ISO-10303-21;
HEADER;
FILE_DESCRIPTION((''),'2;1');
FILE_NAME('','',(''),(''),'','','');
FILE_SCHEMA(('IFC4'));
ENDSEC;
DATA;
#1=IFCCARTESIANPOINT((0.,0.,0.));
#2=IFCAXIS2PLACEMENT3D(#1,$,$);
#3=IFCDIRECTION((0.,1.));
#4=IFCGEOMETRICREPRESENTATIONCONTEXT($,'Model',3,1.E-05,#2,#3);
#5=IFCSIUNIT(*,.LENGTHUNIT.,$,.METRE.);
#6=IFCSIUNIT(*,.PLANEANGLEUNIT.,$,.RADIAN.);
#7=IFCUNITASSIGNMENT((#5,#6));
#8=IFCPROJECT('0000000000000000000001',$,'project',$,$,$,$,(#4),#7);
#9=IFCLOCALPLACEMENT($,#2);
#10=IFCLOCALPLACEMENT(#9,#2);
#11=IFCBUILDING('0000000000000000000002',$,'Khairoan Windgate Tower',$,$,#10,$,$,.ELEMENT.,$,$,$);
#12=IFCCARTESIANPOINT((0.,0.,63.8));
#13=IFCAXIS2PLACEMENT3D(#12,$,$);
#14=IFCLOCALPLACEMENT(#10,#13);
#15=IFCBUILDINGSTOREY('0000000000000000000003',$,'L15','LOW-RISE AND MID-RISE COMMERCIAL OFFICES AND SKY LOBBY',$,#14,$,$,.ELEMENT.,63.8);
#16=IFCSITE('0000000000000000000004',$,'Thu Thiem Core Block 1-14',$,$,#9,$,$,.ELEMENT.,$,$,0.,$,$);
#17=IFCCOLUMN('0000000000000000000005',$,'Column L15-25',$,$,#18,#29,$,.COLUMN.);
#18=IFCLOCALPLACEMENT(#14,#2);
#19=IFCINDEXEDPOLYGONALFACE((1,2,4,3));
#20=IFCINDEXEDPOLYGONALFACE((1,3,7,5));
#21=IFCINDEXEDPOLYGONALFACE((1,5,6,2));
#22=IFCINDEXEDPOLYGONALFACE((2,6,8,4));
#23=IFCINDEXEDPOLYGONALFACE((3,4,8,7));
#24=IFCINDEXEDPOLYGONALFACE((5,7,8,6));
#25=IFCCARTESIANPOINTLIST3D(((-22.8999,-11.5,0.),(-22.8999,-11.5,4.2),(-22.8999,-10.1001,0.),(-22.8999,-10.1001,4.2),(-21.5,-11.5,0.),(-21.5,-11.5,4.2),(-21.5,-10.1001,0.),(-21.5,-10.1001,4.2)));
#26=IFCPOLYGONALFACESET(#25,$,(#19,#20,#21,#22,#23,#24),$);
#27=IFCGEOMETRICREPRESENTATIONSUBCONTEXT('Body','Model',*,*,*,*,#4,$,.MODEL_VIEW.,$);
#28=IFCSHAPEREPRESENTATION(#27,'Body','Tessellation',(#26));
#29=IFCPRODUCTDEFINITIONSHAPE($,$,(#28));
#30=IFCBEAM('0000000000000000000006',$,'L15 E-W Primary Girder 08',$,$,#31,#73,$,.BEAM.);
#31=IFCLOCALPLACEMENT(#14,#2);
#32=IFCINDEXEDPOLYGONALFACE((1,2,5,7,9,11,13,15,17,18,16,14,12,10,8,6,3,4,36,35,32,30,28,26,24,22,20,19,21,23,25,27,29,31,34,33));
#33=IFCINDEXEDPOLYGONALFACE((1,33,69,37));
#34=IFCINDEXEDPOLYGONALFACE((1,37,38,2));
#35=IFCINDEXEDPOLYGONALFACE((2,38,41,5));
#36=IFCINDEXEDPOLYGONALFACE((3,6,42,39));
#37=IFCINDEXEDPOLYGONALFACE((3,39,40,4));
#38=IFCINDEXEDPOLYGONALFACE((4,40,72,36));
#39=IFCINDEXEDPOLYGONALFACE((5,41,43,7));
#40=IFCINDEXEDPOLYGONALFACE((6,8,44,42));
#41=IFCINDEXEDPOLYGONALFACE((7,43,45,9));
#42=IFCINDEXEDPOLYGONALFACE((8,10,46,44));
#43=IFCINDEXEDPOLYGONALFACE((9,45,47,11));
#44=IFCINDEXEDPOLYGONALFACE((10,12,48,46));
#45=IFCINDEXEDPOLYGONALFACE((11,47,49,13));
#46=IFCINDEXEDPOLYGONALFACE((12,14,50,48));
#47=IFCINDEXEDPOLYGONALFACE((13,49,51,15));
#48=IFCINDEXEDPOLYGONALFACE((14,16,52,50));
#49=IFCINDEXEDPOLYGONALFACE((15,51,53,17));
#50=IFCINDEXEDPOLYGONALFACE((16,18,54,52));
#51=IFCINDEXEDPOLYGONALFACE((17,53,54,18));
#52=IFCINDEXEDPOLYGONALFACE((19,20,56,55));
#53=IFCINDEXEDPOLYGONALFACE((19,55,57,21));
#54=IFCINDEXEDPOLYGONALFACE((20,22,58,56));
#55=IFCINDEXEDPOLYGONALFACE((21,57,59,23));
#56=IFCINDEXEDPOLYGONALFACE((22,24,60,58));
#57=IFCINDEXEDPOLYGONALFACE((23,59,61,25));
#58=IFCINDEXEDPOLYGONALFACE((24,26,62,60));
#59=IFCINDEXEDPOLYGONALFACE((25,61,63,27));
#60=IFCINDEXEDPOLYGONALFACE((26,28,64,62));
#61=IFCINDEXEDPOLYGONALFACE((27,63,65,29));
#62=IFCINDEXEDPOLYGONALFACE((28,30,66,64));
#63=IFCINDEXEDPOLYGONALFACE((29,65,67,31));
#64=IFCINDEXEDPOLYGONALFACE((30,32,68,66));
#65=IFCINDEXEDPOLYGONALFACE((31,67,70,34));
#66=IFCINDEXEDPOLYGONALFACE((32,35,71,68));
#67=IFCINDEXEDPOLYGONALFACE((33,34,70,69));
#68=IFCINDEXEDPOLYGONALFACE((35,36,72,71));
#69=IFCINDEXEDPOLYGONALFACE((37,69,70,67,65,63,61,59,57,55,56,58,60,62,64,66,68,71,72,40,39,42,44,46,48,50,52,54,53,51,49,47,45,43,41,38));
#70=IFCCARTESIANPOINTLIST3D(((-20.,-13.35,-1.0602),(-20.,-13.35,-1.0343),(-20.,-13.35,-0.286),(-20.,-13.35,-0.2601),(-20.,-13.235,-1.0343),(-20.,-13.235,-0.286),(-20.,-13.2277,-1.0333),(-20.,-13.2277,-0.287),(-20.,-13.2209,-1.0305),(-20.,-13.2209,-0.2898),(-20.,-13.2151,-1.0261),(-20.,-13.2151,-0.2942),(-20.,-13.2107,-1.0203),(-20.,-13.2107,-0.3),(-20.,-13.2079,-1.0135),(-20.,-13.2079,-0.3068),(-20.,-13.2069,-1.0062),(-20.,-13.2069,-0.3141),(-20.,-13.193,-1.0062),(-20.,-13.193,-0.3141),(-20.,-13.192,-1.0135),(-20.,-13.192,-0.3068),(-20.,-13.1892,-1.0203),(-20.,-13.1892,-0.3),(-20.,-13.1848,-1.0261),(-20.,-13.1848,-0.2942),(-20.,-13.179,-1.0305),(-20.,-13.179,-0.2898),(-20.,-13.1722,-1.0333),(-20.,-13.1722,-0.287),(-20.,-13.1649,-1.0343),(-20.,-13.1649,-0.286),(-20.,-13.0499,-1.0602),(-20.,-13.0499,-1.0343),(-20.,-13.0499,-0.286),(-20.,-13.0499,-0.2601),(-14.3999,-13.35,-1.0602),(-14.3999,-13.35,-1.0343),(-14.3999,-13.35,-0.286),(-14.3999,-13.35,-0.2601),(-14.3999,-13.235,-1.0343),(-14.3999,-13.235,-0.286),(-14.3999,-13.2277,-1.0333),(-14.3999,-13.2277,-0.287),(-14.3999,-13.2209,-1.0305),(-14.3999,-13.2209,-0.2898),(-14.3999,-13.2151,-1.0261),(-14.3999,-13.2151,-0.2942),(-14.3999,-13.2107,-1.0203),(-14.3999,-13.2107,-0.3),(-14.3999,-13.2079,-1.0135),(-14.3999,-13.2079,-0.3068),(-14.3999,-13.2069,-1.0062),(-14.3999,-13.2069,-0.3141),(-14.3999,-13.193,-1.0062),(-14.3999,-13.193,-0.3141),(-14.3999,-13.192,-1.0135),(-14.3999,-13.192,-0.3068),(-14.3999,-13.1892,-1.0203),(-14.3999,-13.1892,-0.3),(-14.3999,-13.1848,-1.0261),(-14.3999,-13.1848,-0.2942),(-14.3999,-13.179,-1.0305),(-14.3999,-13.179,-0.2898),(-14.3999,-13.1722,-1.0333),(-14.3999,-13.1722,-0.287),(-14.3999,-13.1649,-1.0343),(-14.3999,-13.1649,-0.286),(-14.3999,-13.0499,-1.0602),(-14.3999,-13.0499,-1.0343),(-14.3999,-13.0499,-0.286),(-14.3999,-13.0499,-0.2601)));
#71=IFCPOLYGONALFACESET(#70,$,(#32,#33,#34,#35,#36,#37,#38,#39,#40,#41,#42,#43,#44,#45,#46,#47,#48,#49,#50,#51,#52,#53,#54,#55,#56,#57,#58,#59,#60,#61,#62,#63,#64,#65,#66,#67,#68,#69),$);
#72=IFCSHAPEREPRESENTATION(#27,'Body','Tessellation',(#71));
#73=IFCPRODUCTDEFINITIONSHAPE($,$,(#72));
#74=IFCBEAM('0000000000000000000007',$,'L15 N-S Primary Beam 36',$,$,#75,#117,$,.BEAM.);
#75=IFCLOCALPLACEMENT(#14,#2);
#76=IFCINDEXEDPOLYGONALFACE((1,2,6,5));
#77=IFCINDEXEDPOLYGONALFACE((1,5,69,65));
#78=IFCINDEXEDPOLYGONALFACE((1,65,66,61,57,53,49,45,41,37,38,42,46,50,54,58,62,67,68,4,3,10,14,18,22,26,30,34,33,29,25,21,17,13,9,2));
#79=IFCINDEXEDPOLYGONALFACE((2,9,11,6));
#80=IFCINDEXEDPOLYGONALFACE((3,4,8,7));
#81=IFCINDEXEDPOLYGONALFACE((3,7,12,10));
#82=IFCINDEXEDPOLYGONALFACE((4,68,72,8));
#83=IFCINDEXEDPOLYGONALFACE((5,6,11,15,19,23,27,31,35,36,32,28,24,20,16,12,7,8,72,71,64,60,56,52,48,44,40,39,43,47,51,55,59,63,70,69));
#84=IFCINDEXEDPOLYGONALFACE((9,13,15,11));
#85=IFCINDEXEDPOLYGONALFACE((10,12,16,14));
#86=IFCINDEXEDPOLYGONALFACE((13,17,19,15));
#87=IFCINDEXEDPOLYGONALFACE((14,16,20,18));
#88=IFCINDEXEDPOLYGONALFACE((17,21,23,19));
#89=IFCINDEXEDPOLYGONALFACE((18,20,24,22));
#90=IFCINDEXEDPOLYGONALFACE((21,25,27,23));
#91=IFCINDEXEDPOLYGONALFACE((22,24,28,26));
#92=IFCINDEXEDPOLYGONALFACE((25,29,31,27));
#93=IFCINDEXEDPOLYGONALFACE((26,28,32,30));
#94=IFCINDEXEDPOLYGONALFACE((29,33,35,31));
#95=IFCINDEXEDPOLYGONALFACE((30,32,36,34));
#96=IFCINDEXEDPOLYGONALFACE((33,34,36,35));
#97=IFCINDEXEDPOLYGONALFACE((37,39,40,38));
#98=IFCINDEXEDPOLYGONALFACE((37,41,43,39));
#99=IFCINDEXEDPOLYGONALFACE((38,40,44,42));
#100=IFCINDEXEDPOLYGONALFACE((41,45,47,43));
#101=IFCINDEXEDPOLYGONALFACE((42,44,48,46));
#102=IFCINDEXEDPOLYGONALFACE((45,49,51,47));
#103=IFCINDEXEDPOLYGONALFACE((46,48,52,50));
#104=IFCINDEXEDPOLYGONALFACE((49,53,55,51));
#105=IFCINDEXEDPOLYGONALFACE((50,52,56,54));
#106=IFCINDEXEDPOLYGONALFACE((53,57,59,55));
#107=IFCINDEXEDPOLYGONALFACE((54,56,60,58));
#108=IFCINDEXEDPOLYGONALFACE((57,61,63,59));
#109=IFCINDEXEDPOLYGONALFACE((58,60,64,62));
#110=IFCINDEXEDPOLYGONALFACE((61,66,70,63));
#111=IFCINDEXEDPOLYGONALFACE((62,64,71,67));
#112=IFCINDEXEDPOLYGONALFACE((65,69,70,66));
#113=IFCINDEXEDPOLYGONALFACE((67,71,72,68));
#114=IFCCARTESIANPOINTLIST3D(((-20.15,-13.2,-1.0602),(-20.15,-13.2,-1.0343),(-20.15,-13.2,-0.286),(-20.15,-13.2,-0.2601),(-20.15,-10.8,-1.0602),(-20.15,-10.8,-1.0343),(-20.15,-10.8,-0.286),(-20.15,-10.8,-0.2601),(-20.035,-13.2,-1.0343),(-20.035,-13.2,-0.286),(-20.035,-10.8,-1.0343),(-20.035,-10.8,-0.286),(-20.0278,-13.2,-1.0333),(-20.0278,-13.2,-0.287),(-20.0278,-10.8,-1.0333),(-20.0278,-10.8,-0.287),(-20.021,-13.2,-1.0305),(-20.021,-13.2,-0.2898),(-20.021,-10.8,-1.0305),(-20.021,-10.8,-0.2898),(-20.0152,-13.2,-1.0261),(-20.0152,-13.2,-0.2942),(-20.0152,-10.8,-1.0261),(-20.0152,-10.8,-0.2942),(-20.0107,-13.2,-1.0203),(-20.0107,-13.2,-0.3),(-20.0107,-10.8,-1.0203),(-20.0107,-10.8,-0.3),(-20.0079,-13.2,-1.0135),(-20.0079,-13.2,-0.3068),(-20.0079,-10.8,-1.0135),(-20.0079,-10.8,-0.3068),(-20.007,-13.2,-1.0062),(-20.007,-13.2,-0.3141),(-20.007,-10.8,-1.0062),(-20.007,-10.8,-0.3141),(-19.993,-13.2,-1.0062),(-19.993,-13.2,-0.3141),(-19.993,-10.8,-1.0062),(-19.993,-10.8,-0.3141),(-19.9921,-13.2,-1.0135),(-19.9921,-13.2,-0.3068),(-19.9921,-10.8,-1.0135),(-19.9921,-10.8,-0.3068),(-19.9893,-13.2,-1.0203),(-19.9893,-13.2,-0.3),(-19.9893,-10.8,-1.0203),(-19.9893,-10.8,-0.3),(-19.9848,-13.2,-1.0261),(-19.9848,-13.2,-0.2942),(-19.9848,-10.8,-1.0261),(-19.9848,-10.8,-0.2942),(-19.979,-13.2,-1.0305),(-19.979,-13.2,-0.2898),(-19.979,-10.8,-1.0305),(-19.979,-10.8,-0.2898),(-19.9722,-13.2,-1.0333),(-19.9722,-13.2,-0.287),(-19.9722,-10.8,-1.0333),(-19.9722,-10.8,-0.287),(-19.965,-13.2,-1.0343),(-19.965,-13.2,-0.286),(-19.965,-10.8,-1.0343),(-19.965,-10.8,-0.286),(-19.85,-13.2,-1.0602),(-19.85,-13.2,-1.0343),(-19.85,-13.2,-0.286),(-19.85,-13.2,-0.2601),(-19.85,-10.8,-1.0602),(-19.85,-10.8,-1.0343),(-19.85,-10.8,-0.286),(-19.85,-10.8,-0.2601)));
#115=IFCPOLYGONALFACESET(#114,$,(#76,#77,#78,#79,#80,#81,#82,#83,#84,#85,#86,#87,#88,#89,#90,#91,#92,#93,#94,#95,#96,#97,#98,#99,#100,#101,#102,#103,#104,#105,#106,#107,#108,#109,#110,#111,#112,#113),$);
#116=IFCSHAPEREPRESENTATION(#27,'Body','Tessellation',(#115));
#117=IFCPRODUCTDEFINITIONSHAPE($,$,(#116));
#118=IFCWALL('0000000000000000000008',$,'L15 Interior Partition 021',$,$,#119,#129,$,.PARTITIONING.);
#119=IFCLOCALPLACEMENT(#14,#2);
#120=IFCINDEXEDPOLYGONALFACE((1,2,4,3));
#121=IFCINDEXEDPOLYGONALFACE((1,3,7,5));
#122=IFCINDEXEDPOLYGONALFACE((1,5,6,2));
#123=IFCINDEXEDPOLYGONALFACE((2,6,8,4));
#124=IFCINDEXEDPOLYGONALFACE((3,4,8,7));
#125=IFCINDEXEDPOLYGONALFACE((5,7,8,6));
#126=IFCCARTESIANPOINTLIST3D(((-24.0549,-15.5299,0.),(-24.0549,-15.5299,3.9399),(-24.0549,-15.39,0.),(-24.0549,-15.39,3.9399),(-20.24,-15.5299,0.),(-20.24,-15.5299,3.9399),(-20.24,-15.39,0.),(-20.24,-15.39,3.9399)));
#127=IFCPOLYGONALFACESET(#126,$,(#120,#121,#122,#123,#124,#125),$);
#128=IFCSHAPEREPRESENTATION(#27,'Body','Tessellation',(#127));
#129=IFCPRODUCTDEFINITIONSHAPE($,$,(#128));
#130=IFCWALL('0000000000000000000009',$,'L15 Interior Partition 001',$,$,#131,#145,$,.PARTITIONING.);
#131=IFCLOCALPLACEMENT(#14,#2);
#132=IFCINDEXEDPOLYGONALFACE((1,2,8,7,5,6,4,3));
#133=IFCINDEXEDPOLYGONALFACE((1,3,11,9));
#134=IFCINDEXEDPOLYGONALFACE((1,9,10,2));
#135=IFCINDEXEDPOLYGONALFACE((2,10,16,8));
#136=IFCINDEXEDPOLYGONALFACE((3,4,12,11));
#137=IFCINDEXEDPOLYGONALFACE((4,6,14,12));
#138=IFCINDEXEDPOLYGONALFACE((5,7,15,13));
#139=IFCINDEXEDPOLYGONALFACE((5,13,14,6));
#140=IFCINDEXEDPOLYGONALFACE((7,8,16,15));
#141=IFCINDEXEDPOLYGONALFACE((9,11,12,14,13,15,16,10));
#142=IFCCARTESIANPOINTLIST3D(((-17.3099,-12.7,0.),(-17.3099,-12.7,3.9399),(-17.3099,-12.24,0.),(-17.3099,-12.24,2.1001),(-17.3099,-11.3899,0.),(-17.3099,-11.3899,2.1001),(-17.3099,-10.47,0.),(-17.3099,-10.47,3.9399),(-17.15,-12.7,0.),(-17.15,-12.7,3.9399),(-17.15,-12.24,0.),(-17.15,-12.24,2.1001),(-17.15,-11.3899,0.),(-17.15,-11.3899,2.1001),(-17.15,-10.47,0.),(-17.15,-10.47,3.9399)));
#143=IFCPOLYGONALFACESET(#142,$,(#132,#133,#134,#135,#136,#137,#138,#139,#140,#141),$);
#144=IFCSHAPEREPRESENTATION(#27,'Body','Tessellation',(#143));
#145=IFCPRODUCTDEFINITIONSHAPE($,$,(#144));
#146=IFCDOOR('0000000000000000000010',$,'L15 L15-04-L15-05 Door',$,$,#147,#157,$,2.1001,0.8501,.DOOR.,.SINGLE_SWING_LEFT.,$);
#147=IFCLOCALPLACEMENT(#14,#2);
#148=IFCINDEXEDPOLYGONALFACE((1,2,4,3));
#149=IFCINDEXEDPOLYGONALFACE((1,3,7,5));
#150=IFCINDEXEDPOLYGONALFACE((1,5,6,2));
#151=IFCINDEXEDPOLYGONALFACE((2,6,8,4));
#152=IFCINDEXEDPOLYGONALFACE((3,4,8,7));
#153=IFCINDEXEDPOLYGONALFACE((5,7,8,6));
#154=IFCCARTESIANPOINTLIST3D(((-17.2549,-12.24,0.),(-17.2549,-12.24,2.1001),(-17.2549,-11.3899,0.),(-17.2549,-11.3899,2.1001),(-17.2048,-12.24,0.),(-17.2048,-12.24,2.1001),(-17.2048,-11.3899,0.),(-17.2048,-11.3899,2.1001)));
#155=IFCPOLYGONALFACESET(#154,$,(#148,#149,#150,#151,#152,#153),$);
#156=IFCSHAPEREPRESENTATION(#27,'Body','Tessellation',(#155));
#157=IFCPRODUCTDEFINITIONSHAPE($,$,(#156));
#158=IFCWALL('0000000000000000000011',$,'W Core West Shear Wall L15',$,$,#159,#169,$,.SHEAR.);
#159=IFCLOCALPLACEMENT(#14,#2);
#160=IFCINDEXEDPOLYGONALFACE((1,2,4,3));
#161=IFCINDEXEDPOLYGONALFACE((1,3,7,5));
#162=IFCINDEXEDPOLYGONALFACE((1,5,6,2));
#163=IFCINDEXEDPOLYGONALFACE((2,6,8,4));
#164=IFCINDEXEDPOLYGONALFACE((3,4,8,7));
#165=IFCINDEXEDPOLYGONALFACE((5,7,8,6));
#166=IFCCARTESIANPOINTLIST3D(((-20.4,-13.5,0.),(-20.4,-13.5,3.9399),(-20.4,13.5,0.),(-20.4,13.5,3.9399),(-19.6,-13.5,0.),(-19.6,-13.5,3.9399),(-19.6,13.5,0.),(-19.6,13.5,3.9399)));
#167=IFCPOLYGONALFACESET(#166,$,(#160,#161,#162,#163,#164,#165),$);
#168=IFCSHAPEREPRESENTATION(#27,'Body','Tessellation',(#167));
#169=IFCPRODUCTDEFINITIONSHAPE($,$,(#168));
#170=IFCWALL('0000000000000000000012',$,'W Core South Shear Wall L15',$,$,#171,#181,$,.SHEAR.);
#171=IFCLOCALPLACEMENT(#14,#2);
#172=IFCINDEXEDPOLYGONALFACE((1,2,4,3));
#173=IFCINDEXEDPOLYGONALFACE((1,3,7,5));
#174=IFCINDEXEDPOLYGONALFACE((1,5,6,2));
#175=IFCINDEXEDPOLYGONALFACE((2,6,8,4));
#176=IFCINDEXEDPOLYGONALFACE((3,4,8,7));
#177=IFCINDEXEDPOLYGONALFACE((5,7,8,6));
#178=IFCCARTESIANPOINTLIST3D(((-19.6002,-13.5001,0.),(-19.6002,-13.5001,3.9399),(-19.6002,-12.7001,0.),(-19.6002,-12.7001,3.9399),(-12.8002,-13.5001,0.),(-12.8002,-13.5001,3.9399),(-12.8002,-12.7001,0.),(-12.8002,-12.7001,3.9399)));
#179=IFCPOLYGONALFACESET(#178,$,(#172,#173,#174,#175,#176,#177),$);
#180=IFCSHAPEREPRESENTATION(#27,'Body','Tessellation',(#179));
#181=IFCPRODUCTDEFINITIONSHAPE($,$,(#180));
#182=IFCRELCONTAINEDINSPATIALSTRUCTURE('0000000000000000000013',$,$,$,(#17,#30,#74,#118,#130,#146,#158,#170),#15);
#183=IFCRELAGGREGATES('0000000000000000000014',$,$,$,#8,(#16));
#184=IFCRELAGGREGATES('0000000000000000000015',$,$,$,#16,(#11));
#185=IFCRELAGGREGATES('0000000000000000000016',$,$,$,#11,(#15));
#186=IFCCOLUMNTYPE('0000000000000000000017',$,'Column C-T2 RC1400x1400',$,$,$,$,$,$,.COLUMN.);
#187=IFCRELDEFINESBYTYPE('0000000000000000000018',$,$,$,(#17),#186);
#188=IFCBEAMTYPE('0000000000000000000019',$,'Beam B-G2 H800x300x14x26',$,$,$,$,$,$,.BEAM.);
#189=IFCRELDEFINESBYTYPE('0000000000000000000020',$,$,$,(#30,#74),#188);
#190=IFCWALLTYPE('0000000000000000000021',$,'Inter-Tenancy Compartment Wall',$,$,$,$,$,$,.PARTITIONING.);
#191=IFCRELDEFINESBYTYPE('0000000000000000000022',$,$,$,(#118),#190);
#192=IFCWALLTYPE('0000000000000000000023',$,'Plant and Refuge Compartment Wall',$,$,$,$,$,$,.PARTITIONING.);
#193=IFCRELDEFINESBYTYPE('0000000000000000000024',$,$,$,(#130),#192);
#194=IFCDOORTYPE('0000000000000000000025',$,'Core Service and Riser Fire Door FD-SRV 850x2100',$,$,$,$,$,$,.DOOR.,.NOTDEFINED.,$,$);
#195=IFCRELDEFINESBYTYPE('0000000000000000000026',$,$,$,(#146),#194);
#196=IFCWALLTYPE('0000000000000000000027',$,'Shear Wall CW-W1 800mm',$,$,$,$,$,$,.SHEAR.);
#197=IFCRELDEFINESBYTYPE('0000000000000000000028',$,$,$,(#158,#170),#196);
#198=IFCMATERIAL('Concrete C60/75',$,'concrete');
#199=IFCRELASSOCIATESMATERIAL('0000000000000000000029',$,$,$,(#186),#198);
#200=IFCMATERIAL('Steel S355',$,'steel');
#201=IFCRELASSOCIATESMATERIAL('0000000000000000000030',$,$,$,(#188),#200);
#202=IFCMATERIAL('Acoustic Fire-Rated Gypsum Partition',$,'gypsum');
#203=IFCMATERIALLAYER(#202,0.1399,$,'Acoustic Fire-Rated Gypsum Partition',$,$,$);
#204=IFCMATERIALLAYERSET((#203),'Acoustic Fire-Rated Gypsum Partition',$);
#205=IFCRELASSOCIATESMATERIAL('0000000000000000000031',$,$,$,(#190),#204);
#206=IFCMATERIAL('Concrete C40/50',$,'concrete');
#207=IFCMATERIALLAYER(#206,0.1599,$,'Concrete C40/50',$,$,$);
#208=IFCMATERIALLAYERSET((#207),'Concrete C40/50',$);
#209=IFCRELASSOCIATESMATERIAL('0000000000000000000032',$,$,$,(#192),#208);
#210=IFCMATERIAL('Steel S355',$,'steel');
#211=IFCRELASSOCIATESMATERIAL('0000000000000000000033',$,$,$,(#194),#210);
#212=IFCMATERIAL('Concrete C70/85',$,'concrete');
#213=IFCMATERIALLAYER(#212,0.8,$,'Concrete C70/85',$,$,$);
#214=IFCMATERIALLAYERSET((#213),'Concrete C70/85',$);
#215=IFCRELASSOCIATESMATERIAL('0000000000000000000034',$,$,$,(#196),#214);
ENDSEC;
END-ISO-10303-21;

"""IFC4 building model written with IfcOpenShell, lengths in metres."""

from ifc_helpers import new_model, si_unit, direction, frame, frame_2d, origin, origin_2d, place, context, subcontext, project, spatial, rectangle, i_section, extrude, material, layer, layer_set, material_profile, profile_set, type_object, element, fill, save


model = new_model("IFC4")

# Units and contexts
model_context = context("Model", 3, precision=1e-05, world=origin(), true_north=direction((0.0, 1.0)))
body_context = subcontext(model_context, "Body", "Model", "MODEL_VIEW")
ifc_project = project(units=[si_unit("LENGTHUNIT", "METRE"), si_unit("PLANEANGLEUNIT", "RADIAN")], contexts=[model_context])

# Site, building, storey
site_placement = place(None, origin())
site = spatial("IfcSite", under=ifc_project, at=site_placement, Name="Thu Thiem Core Block 1-14", CompositionType="ELEMENT", RefElevation=0.0)
building_placement = place(site_placement, origin())
building = spatial("IfcBuilding", under=site, at=building_placement, Name="Khairoan Windgate Tower", CompositionType="ELEMENT")
storey_placement = place(building_placement, frame((0.0, 0.0, 63.8)))
storey = spatial("IfcBuildingStorey", under=building, at=storey_placement, Name="L15", Description="LOW-RISE AND MID-RISE COMMERCIAL OFFICES AND SKY LOBBY", CompositionType="ELEMENT", Elevation=63.8)

# Column
ifc_material_1 = material(Name="Concrete C60/75", Category="concrete")
ifc_material_profile_1 = material_profile(ifc_material_1, rectangle(XDim=1.3999, YDim=1.3999, at=origin_2d()))
ifc_profile_set_1 = profile_set([ifc_material_profile_1], Name="Concrete C60/75")
column_type = type_object("IfcColumnType", Name="Column C-T2 RC1400x1400", PredefinedType="COLUMN", material=ifc_profile_set_1)
column_placement = place(storey_placement, frame((-22.2, -10.8, 0.0), z_axis=(0.0, 0.0, 1.0), x_axis=(1.0, 0.0, 0.0)))
element("IfcColumn", 1, at=column_placement, inside=storey, type_object=column_type, Name="Column L15-25", PredefinedType="COLUMN", context=body_context, shape_type="SweptSolid", body=[
    extrude(rectangle(XDim=1.3999, YDim=1.3999, at=origin_2d()), origin(), (0.0, 0.0, 1.0), 4.2),
])

# Beams
ifc_material_2 = material(Name="Steel S355", Category="steel")
ifc_material_profile_2 = material_profile(ifc_material_2, i_section(OverallWidth=0.3, OverallDepth=0.8, WebThickness=0.0139, FlangeThickness=0.0259, FilletRadius=0.0281, at=origin_2d()))
ifc_profile_set_2 = profile_set([ifc_material_profile_2], Name="Steel S355")
beam_type = type_object("IfcBeamType", Name="Beam B-G2 H800x300x14x26", PredefinedType="BEAM", material=ifc_profile_set_2)
beam_1_placement = place(storey_placement, frame((-20.0, -13.2, -0.6602), z_axis=(1.0, 0.0, 0.0), x_axis=(0.0, 1.0, 0.0)))
element("IfcBeam", 2, at=beam_1_placement, inside=storey, type_object=beam_type, Name="L15 E-W Primary Girder 08", PredefinedType="BEAM", context=body_context, shape_type="SweptSolid", body=[
    extrude(i_section(OverallWidth=0.3, OverallDepth=0.8, WebThickness=0.0139, FlangeThickness=0.0259, FilletRadius=0.0281, at=origin_2d()), origin(), (0.0, 0.0, 1.0), 5.6001),
])
beam_2_placement = place(storey_placement, frame((-20.0, -13.2, -0.6602), z_axis=(0.0, 1.0, 0.0), x_axis=(-1.0, 0.0, 0.0)))
element("IfcBeam", 3, at=beam_2_placement, inside=storey, type_object=beam_type, Name="L15 N-S Primary Beam 36", PredefinedType="BEAM", context=body_context, shape_type="SweptSolid", body=[
    extrude(i_section(OverallWidth=0.3, OverallDepth=0.8, WebThickness=0.0139, FlangeThickness=0.0259, FilletRadius=0.0281, at=origin_2d()), origin(), (0.0, 0.0, 1.0), 2.3999),
])

# Wall
ifc_material_3 = material(Name="Acoustic Fire-Rated Gypsum Partition", Category="gypsum")
ifc_layer_1 = layer(ifc_material_3, 0.1399, Name="Acoustic Fire-Rated Gypsum Partition")
ifc_layer_set_1 = layer_set([ifc_layer_1], Name="Acoustic Fire-Rated Gypsum Partition")
wall_type_1 = type_object("IfcWallType", Name="Inter-Tenancy Compartment Wall", PredefinedType="PARTITIONING", material=ifc_layer_set_1)
wall_1_placement = place(storey_placement, frame((-24.0549, -15.46, 0.0), z_axis=(0.0, 0.0, 1.0), x_axis=(1.0, 0.0, 0.0)))
element("IfcWall", 4, at=wall_1_placement, inside=storey, type_object=wall_type_1, Name="L15 Interior Partition 021", PredefinedType="PARTITIONING", context=body_context, shape_type="SweptSolid", body=[
    extrude(rectangle(XDim=3.8149, YDim=0.1399, at=frame_2d((1.9075, 0.0))), origin(), (0.0, 0.0, 1.0), 3.9399),
])

# Wall, opening, door
ifc_material_4 = material(Name="Concrete C40/50", Category="concrete")
ifc_layer_2 = layer(ifc_material_4, 0.1599, Name="Concrete C40/50")
ifc_layer_set_2 = layer_set([ifc_layer_2], Name="Concrete C40/50")
wall_type_2 = type_object("IfcWallType", Name="Plant and Refuge Compartment Wall", PredefinedType="PARTITIONING", material=ifc_layer_set_2)
wall_2_placement = place(storey_placement, frame((-17.23, -12.7, 0.0), z_axis=(0.0, 0.0, 1.0), x_axis=(0.0, 1.0, 0.0)))
wall_2 = element("IfcWall", 5, at=wall_2_placement, inside=storey, type_object=wall_type_2, Name="L15 Interior Partition 001", PredefinedType="PARTITIONING", context=body_context, shape_type="SweptSolid", body=[
    extrude(rectangle(XDim=2.23, YDim=0.1599, at=frame_2d((1.115, 0.0))), origin(), (0.0, 0.0, 1.0), 3.9399),
])
opening_1_placement = place(wall_2_placement, frame((0.46, 0.0, 0.0)))
opening_1 = element("IfcOpeningElement", 6, at=opening_1_placement, cuts=wall_2, PredefinedType="OPENING", context=body_context, shape_type="SweptSolid", body=[
    extrude(rectangle(XDim=0.8501, YDim=2.1001, at=frame_2d((0.425, 1.05))), frame((0.0, 0.0898, 0.0), z_axis=(0.0, -1.0, 0.0), x_axis=(1.0, 0.0, 0.0)), (0.0, 0.0, 1.0), 0.1799),
])
ifc_material_5 = material(Name="Steel S355", Category="steel")
door_type_1 = type_object("IfcDoorType", Name="Core Service and Riser Fire Door FD-SRV 850x2100", OperationType="NOTDEFINED", PredefinedType="DOOR", material=ifc_material_5)
door_1_placement = place(opening_1_placement, origin())
door_1 = element("IfcDoor", 7, at=door_1_placement, inside=storey, type_object=door_type_1, Name="L15 L15-04-L15-05 Door", OperationType="SINGLE_SWING_LEFT", OverallHeight=2.1001, OverallWidth=0.8501, PredefinedType="DOOR", context=body_context, shape_type="SweptSolid", body=[
    extrude(rectangle(XDim=0.8501, YDim=2.1001, at=frame_2d((0.425, 1.05))), frame((0.0, 0.0249, 0.0), z_axis=(0.0, -1.0, 0.0), x_axis=(1.0, 0.0, 0.0)), (0.0, 0.0, 1.0), 0.05),
])
fill(opening_1, door_1)

# Walls
ifc_material_6 = material(Name="Concrete C70/85", Category="concrete")
ifc_layer_3 = layer(ifc_material_6, 0.8, Name="Concrete C70/85")
ifc_layer_set_3 = layer_set([ifc_layer_3], Name="Concrete C70/85")
wall_type_3 = type_object("IfcWallType", Name="Shear Wall CW-W1 800mm", PredefinedType="SHEAR", material=ifc_layer_set_3)
wall_3_placement = place(storey_placement, frame((-20.0, -13.5, 0.0), z_axis=(0.0, 0.0, 1.0), x_axis=(0.0, 1.0, 0.0)))
element("IfcWall", 8, at=wall_3_placement, inside=storey, type_object=wall_type_3, Name="W Core West Shear Wall L15", PredefinedType="SHEAR", context=body_context, shape_type="SweptSolid", body=[
    extrude(rectangle(XDim=27.0, YDim=0.8, at=frame_2d((13.5, 0.0))), origin(), (0.0, 0.0, 1.0), 3.9399),
])
wall_4_placement = place(storey_placement, frame((-19.6001, -13.1001, 0.0), z_axis=(0.0, 0.0, 1.0), x_axis=(1.0, 0.0, 0.0)))
element("IfcWall", 9, at=wall_4_placement, inside=storey, type_object=wall_type_3, Name="W Core South Shear Wall L15", PredefinedType="SHEAR", context=body_context, shape_type="SweptSolid", body=[
    extrude(rectangle(XDim=6.8, YDim=0.8, at=frame_2d((3.3999, 0.0))), origin(), (0.0, 0.0, 1.0), 3.9399),
])

save(model, "model.ifc")
